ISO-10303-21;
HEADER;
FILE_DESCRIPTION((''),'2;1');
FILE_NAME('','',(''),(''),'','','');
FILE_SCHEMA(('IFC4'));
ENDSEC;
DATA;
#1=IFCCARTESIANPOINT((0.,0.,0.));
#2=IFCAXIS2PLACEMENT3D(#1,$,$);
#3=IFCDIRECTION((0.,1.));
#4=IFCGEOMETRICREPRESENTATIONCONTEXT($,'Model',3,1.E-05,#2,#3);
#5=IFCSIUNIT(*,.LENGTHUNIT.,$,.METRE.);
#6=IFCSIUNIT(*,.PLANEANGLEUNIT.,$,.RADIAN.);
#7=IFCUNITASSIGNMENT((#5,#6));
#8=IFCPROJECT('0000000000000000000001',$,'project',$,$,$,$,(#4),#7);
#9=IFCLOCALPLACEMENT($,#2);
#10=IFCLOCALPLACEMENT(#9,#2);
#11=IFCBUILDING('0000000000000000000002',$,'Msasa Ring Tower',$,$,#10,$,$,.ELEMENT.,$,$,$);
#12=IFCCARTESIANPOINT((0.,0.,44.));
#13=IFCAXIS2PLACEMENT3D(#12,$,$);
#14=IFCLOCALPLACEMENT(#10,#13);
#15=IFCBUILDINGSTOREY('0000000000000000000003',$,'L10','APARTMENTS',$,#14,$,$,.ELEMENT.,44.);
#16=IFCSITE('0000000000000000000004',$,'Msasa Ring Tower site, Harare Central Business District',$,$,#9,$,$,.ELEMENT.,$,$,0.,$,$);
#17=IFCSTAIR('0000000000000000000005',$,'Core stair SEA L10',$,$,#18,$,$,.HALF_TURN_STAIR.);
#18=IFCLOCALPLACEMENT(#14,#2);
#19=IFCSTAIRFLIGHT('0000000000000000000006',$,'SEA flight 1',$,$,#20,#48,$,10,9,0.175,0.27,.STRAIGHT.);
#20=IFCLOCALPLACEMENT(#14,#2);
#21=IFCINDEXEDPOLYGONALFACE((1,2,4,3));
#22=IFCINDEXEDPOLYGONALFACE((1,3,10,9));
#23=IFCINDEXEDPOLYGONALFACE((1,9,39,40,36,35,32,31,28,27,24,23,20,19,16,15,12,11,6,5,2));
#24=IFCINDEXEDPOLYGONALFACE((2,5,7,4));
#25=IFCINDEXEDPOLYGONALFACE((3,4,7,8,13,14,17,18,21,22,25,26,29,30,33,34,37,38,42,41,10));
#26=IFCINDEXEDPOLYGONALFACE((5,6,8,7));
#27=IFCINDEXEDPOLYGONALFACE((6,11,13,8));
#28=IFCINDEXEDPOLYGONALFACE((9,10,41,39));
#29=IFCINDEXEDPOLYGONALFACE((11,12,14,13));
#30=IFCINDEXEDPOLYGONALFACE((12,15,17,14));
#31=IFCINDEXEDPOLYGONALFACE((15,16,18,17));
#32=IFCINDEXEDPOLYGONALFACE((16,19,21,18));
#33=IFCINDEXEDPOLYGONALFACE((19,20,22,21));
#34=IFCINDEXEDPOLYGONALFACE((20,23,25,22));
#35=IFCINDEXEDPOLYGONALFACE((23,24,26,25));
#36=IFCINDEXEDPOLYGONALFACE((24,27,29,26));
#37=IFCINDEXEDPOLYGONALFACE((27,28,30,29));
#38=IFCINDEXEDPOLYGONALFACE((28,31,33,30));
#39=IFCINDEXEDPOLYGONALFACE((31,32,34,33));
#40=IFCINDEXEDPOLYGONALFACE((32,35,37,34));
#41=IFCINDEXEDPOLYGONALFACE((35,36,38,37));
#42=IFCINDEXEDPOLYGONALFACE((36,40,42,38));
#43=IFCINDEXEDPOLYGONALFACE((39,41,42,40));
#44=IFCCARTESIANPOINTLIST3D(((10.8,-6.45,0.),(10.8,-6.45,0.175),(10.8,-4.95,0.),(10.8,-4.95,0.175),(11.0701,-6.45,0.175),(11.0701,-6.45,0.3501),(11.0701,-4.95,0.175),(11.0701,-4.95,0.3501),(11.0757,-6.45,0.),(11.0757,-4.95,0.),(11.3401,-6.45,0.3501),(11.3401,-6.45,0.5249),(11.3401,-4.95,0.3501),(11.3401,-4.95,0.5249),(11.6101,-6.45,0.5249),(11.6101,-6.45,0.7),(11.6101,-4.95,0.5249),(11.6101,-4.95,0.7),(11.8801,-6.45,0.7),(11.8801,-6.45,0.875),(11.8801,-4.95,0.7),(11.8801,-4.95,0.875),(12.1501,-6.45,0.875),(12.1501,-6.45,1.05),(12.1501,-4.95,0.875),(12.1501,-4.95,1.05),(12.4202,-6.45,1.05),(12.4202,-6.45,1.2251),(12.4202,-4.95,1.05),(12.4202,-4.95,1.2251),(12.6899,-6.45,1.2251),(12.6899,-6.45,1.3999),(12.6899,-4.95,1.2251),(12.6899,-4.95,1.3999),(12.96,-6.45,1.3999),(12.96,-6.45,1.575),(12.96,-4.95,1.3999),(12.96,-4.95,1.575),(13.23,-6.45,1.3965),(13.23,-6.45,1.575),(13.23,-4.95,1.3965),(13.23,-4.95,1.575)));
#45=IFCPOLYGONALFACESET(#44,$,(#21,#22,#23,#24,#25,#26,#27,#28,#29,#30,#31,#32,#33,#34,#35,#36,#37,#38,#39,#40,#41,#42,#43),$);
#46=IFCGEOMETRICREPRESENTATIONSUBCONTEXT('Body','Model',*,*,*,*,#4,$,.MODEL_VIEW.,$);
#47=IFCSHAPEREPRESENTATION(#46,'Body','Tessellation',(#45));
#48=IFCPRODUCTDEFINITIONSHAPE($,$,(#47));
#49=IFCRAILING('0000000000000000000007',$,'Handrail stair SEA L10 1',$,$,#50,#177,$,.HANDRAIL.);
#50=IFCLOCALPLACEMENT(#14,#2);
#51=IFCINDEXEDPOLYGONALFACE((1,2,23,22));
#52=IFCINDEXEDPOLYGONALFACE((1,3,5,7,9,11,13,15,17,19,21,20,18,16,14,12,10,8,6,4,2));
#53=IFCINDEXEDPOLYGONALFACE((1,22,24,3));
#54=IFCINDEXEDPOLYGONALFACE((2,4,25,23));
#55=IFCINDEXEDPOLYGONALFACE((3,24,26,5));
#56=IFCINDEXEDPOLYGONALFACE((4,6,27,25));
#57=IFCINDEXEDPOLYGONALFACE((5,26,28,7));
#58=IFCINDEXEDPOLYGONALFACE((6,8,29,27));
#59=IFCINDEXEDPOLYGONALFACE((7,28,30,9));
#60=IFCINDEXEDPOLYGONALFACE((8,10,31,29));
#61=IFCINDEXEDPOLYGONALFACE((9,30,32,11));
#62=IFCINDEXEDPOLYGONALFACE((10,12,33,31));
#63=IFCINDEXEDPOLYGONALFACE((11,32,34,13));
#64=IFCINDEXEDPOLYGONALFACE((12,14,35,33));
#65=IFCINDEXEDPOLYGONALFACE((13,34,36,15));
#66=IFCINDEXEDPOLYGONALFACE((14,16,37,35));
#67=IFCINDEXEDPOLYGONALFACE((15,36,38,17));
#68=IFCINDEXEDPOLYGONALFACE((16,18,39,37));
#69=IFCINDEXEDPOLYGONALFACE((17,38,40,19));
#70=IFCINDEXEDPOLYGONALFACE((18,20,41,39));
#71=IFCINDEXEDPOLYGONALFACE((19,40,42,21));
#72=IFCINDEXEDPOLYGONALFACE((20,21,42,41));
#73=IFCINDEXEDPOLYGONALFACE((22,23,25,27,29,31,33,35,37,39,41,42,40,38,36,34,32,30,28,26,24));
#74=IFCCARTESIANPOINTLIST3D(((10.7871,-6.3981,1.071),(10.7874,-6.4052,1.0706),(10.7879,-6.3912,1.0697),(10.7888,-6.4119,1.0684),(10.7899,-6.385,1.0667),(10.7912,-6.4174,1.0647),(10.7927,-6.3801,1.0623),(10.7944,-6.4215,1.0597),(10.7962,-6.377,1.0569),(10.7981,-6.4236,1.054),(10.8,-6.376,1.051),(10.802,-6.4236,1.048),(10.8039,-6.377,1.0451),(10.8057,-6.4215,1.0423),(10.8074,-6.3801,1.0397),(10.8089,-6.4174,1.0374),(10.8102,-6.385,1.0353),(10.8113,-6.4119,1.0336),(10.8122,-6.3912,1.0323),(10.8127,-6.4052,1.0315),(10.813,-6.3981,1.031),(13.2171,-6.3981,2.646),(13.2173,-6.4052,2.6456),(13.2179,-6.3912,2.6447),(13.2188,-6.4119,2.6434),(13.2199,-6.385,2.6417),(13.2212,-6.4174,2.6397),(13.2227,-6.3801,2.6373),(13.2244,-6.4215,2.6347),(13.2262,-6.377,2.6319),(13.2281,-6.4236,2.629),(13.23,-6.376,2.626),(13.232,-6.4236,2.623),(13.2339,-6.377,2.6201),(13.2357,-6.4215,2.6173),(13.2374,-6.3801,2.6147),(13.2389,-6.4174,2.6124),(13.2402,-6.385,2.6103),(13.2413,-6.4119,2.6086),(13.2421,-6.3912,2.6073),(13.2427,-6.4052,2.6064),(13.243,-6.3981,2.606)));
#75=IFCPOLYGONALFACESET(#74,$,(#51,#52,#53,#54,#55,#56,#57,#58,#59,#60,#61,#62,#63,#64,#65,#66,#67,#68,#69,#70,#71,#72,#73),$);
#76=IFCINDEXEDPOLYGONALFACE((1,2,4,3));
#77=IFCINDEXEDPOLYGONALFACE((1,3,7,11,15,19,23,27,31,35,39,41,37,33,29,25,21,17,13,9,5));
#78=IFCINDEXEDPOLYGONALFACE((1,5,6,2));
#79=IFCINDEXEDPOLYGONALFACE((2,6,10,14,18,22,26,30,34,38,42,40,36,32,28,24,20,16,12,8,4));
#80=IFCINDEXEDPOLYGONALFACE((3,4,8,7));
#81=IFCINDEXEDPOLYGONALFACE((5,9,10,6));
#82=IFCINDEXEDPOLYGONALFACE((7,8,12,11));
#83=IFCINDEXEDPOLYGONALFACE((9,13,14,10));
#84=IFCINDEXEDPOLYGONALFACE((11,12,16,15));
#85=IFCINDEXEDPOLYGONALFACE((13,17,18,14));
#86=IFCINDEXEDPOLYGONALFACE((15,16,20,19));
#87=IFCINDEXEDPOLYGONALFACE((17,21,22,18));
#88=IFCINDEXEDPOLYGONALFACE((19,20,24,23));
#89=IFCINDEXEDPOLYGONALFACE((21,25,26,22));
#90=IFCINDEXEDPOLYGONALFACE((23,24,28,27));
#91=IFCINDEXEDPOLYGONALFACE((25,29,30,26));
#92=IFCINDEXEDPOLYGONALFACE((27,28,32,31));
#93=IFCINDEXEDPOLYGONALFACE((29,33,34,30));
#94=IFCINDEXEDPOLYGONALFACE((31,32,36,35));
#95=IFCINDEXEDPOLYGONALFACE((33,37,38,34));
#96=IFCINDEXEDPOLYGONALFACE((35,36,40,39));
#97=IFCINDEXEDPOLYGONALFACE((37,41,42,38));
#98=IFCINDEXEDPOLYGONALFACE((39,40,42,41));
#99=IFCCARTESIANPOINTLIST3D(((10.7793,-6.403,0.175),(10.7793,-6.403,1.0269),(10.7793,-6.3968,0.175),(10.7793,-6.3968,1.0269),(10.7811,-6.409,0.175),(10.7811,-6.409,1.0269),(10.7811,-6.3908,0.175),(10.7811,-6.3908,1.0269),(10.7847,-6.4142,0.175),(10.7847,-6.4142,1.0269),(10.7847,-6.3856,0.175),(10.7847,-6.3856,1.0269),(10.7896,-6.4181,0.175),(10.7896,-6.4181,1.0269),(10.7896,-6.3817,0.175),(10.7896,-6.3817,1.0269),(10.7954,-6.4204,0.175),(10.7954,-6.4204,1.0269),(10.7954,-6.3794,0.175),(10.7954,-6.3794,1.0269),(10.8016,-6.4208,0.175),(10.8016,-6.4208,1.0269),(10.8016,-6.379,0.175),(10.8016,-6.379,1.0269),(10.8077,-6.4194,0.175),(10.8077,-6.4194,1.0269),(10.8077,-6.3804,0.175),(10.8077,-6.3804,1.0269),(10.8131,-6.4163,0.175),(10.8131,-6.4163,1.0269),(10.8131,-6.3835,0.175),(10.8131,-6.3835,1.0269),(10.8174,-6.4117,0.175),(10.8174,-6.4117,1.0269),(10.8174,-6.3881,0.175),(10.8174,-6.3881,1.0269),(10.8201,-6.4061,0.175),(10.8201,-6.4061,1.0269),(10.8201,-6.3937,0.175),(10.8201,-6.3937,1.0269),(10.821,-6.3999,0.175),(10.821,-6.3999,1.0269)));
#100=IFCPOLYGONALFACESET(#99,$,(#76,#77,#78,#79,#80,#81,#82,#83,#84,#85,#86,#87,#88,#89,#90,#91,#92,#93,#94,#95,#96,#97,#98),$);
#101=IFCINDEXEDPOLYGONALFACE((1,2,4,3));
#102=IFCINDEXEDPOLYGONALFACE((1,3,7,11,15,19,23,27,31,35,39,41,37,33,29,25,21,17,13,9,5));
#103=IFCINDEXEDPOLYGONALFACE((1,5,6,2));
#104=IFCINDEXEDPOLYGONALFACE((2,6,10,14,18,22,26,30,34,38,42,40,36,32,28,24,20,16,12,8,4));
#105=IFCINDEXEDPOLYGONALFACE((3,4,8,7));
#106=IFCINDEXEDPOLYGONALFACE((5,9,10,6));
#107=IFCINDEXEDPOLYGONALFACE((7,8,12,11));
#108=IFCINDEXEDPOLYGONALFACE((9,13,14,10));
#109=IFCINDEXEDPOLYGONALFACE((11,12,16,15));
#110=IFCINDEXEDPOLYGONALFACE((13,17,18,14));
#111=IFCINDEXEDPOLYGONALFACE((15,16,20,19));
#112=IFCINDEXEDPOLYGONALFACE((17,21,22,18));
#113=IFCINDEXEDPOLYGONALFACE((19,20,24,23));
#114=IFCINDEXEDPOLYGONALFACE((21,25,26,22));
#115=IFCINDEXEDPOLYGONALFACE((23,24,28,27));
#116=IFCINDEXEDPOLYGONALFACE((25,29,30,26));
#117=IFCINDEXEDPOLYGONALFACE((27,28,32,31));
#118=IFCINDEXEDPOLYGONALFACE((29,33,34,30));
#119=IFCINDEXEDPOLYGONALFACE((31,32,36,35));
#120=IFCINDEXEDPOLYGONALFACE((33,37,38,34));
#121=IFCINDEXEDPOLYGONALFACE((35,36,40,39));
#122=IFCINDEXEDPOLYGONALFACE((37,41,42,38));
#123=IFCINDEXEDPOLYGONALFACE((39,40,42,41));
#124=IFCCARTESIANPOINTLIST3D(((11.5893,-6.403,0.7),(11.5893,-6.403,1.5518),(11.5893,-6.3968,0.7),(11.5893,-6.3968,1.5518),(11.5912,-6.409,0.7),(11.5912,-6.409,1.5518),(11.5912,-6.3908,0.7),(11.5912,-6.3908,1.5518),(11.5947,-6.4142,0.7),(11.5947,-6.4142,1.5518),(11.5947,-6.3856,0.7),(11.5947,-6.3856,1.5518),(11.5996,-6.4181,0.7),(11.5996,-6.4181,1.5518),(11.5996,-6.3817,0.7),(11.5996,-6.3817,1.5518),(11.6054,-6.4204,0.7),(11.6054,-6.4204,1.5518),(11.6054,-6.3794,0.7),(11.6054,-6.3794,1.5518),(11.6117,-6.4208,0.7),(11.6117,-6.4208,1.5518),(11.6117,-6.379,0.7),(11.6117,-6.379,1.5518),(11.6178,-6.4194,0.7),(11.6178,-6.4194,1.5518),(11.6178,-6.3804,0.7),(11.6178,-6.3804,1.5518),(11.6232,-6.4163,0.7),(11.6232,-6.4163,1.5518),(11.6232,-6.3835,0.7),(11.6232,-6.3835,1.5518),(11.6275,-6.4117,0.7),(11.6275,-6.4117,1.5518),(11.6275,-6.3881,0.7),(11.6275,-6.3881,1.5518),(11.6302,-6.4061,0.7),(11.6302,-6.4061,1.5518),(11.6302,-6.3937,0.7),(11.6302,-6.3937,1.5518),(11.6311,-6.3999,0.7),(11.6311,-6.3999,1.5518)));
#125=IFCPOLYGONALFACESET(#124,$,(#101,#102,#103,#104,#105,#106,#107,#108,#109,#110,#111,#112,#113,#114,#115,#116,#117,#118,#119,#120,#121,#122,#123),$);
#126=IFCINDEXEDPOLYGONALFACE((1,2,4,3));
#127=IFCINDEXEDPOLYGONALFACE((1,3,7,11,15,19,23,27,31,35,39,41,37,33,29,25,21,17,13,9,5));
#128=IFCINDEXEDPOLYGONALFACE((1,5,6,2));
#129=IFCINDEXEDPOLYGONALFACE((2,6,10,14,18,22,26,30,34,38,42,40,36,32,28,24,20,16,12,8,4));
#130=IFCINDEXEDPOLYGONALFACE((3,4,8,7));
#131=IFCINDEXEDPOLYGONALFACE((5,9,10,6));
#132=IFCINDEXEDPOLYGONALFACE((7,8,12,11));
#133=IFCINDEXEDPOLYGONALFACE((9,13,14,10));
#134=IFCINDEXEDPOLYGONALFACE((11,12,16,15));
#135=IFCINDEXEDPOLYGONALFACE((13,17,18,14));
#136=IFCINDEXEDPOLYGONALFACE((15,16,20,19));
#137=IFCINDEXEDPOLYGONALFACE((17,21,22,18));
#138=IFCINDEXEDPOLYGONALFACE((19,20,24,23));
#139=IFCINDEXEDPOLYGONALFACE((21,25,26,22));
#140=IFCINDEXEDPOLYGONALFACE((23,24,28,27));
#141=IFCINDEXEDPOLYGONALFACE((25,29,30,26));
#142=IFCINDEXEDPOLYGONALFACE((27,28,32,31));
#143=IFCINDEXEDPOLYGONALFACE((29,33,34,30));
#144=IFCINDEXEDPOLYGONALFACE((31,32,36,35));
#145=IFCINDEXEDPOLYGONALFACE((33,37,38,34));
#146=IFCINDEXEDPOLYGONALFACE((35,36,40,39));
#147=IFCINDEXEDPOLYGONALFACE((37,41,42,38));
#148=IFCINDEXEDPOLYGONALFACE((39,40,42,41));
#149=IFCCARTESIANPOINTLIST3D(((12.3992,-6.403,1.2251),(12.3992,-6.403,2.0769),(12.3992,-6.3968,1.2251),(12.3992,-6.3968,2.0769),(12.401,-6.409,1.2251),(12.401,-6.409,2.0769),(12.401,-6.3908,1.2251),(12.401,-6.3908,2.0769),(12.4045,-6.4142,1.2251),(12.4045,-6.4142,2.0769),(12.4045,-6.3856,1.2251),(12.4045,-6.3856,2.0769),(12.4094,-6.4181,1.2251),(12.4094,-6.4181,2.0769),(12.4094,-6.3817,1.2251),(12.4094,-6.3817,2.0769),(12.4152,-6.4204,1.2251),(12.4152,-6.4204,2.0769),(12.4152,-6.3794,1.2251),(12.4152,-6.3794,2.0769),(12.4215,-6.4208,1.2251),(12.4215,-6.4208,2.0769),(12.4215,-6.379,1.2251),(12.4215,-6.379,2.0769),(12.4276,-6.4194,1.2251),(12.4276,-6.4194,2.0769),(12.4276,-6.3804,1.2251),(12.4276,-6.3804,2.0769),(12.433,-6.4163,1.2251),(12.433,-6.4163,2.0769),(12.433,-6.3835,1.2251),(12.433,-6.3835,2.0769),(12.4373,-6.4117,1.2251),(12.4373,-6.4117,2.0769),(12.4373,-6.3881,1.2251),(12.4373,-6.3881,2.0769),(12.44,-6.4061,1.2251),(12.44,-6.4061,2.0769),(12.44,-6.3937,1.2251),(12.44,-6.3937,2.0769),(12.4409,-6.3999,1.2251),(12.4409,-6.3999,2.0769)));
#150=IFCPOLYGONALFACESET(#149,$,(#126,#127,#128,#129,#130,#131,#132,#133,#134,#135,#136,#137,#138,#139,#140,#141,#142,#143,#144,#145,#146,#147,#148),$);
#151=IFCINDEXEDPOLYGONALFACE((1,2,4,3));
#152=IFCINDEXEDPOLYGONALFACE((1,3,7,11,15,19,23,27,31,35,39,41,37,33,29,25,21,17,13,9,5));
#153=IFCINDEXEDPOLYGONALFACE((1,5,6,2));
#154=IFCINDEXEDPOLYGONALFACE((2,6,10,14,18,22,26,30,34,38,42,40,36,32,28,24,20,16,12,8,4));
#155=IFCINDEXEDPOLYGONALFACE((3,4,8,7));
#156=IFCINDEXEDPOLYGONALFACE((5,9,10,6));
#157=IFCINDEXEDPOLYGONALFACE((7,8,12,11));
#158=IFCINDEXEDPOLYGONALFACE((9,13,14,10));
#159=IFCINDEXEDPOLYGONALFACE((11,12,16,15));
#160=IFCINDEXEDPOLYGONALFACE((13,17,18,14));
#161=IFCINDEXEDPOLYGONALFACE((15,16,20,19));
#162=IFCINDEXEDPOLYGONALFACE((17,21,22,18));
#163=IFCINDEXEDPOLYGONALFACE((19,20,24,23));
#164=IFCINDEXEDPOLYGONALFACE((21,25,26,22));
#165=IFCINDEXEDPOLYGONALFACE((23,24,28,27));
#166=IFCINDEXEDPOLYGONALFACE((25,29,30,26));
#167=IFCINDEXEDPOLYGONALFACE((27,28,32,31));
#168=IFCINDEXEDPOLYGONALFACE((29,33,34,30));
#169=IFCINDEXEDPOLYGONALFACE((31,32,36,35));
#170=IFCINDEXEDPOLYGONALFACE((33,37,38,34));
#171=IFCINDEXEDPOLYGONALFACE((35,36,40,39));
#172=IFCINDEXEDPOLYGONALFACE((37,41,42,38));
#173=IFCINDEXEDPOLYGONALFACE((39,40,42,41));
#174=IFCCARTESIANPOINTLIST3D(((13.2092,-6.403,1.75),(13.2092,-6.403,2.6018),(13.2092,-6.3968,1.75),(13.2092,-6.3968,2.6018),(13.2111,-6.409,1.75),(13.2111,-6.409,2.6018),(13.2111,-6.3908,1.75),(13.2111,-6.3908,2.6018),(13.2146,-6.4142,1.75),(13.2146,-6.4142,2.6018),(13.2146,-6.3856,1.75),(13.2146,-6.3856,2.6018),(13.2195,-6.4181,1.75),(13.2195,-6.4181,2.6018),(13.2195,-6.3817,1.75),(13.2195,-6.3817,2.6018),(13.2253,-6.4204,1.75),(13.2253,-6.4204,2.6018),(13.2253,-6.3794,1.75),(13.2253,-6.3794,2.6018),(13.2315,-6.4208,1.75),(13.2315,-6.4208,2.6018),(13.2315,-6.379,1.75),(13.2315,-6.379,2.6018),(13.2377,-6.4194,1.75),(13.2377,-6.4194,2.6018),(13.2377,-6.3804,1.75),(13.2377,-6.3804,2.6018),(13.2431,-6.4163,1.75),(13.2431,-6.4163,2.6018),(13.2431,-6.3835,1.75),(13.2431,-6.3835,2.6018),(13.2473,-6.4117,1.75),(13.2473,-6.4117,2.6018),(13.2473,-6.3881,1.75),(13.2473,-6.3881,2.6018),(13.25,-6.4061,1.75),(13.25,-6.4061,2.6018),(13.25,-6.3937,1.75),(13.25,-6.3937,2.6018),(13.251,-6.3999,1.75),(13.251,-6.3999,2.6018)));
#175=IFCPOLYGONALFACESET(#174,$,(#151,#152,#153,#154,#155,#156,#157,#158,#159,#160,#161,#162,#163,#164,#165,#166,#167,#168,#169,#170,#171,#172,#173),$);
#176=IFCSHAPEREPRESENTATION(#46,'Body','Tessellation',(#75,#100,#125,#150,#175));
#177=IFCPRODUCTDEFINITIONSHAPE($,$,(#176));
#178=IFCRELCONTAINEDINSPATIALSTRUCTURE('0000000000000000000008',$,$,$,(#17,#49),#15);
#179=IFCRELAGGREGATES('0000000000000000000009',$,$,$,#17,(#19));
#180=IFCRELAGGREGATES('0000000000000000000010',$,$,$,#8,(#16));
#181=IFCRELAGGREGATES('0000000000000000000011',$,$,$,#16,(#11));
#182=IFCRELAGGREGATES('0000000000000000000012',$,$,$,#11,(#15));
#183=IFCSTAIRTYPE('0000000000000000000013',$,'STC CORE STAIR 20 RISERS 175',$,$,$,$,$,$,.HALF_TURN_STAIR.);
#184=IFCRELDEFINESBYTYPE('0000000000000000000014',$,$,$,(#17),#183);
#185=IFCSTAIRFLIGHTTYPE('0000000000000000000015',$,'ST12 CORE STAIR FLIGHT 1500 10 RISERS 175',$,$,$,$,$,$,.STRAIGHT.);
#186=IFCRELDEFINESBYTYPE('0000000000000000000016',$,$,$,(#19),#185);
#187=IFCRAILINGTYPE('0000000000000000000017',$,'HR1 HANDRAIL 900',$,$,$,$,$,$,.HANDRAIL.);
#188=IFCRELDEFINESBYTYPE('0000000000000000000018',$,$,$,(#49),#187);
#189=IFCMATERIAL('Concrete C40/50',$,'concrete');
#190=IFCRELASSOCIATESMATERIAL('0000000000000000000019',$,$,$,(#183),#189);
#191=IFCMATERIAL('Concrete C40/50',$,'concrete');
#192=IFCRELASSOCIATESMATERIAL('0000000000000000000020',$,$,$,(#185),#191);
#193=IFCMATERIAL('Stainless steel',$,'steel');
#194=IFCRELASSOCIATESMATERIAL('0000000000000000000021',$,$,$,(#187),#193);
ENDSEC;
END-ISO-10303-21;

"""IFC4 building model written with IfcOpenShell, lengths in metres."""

from ifc_helpers import new_model, si_unit, direction, frame, origin, origin_2d, place, context, subcontext, project, spatial, polyline, circle, outline, extrude, material, type_object, element, aggregate, save


model = new_model("IFC4")

# Units and contexts
model_context = context("Model", 3, precision=1e-05, world=origin(), true_north=direction((0.0, 1.0)))
body_context = subcontext(model_context, "Body", "Model", "MODEL_VIEW")
ifc_project = project(units=[si_unit("LENGTHUNIT", "METRE"), si_unit("PLANEANGLEUNIT", "RADIAN")], contexts=[model_context])

# Site, building, storey
site_placement = place(None, origin())
site = spatial("IfcSite", under=ifc_project, at=site_placement, Name="Msasa Ring Tower site, Harare Central Business District", CompositionType="ELEMENT", RefElevation=0.0)
building_placement = place(site_placement, origin())
building = spatial("IfcBuilding", under=site, at=building_placement, Name="Msasa Ring Tower", CompositionType="ELEMENT")
storey_placement = place(building_placement, frame((0.0, 0.0, 44.0)))
storey = spatial("IfcBuildingStorey", under=building, at=storey_placement, Name="L10", Description="APARTMENTS", CompositionType="ELEMENT", Elevation=44.0)

# Stair, stair flight
ifc_material_1 = material(Name="Concrete C40/50", Category="concrete")
stair_type = type_object("IfcStairType", Name="STC CORE STAIR 20 RISERS 175", PredefinedType="HALF_TURN_STAIR", material=ifc_material_1)
stair_placement = place(storey_placement, origin())
stair = element("IfcStair", 1, at=stair_placement, inside=storey, type_object=stair_type, Name="Core stair SEA L10", PredefinedType="HALF_TURN_STAIR")
ifc_material_2 = material(Name="Concrete C40/50", Category="concrete")
stair_flight_type = type_object("IfcStairFlightType", Name="ST12 CORE STAIR FLIGHT 1500 10 RISERS 175", PredefinedType="STRAIGHT", material=ifc_material_2)
stair_flight_placement = place(storey_placement, frame((10.8, -5.7, 0.0), z_axis=(0.0, 0.0, 1.0), x_axis=(1.0, 0.0, 0.0)))
stair_flight = element("IfcStairFlight", 2, at=stair_flight_placement, type_object=stair_flight_type, Name="SEA flight 1", NumberOfRisers=10, NumberOfTreads=9, PredefinedType="STRAIGHT", RiserHeight=0.175, TreadLength=0.27, context=body_context, shape_type="SweptSolid", body=[
    extrude(outline(polyline([(0.0, 0.0), (0.0, 0.175), (0.27, 0.175), (0.27, 0.3501), (0.54, 0.3501), (0.54, 0.5249), (0.8101, 0.5249), (0.8101, 0.7), (1.0801, 0.7), (1.0801, 0.875), (1.3501, 0.875), (1.3501, 1.05), (1.6201, 1.05), (1.6201, 1.2251), (1.8899, 1.2251), (1.8899, 1.3999), (2.1599, 1.3999), (2.1599, 1.575), (2.4299, 1.575), (2.4299, 1.75), (2.4299, 1.3965), (0.2756, 0.0), (0.0, 0.0)])), frame((0.0, 0.75, 0.0), z_axis=(0.0, -1.0, 0.0), x_axis=(1.0, 0.0, 0.0)), (0.0, 0.0, 1.0), 1.5),
])
aggregate(stair, [stair_flight])

# Railing
ifc_material_3 = material(Name="Stainless steel", Category="steel")
railing_type = type_object("IfcRailingType", Name="HR1 HANDRAIL 900", PredefinedType="HANDRAIL", material=ifc_material_3)
for number, where, name in (
    (3, (10.8, -6.3999, 0.175), "Handrail stair SEA L10 1"),
):
    element("IfcRailing", number, at=place(storey_placement, frame(where)), inside=storey, type_object=railing_type, Name=name, PredefinedType="HANDRAIL", context=body_context, shape_type="SweptSolid", body=[
        extrude(circle(Radius=0.0239, at=origin_2d()), frame((0.0, 0.0, 0.876), z_axis=(0.839154, 0.0, 0.543894), x_axis=(0.0, 1.0, 0.0)), (0.0, 0.0, 1.0), 2.8958),
        extrude(circle(Radius=0.021, at=origin_2d()), origin(), (0.0, 0.0, 1.0), 0.8518),
        extrude(circle(Radius=0.021, at=origin_2d()), frame((0.8101, 0.0, 0.5249)), (0.0, 0.0, 1.0), 0.8518),
        extrude(circle(Radius=0.021, at=origin_2d()), frame((1.6199, 0.0, 1.05)), (0.0, 0.0, 1.0), 0.8518),
        extrude(circle(Radius=0.021, at=origin_2d()), frame((2.4299, 0.0, 1.575)), (0.0, 0.0, 1.0), 0.8518),
    ])

save(model, "model.ifc")
